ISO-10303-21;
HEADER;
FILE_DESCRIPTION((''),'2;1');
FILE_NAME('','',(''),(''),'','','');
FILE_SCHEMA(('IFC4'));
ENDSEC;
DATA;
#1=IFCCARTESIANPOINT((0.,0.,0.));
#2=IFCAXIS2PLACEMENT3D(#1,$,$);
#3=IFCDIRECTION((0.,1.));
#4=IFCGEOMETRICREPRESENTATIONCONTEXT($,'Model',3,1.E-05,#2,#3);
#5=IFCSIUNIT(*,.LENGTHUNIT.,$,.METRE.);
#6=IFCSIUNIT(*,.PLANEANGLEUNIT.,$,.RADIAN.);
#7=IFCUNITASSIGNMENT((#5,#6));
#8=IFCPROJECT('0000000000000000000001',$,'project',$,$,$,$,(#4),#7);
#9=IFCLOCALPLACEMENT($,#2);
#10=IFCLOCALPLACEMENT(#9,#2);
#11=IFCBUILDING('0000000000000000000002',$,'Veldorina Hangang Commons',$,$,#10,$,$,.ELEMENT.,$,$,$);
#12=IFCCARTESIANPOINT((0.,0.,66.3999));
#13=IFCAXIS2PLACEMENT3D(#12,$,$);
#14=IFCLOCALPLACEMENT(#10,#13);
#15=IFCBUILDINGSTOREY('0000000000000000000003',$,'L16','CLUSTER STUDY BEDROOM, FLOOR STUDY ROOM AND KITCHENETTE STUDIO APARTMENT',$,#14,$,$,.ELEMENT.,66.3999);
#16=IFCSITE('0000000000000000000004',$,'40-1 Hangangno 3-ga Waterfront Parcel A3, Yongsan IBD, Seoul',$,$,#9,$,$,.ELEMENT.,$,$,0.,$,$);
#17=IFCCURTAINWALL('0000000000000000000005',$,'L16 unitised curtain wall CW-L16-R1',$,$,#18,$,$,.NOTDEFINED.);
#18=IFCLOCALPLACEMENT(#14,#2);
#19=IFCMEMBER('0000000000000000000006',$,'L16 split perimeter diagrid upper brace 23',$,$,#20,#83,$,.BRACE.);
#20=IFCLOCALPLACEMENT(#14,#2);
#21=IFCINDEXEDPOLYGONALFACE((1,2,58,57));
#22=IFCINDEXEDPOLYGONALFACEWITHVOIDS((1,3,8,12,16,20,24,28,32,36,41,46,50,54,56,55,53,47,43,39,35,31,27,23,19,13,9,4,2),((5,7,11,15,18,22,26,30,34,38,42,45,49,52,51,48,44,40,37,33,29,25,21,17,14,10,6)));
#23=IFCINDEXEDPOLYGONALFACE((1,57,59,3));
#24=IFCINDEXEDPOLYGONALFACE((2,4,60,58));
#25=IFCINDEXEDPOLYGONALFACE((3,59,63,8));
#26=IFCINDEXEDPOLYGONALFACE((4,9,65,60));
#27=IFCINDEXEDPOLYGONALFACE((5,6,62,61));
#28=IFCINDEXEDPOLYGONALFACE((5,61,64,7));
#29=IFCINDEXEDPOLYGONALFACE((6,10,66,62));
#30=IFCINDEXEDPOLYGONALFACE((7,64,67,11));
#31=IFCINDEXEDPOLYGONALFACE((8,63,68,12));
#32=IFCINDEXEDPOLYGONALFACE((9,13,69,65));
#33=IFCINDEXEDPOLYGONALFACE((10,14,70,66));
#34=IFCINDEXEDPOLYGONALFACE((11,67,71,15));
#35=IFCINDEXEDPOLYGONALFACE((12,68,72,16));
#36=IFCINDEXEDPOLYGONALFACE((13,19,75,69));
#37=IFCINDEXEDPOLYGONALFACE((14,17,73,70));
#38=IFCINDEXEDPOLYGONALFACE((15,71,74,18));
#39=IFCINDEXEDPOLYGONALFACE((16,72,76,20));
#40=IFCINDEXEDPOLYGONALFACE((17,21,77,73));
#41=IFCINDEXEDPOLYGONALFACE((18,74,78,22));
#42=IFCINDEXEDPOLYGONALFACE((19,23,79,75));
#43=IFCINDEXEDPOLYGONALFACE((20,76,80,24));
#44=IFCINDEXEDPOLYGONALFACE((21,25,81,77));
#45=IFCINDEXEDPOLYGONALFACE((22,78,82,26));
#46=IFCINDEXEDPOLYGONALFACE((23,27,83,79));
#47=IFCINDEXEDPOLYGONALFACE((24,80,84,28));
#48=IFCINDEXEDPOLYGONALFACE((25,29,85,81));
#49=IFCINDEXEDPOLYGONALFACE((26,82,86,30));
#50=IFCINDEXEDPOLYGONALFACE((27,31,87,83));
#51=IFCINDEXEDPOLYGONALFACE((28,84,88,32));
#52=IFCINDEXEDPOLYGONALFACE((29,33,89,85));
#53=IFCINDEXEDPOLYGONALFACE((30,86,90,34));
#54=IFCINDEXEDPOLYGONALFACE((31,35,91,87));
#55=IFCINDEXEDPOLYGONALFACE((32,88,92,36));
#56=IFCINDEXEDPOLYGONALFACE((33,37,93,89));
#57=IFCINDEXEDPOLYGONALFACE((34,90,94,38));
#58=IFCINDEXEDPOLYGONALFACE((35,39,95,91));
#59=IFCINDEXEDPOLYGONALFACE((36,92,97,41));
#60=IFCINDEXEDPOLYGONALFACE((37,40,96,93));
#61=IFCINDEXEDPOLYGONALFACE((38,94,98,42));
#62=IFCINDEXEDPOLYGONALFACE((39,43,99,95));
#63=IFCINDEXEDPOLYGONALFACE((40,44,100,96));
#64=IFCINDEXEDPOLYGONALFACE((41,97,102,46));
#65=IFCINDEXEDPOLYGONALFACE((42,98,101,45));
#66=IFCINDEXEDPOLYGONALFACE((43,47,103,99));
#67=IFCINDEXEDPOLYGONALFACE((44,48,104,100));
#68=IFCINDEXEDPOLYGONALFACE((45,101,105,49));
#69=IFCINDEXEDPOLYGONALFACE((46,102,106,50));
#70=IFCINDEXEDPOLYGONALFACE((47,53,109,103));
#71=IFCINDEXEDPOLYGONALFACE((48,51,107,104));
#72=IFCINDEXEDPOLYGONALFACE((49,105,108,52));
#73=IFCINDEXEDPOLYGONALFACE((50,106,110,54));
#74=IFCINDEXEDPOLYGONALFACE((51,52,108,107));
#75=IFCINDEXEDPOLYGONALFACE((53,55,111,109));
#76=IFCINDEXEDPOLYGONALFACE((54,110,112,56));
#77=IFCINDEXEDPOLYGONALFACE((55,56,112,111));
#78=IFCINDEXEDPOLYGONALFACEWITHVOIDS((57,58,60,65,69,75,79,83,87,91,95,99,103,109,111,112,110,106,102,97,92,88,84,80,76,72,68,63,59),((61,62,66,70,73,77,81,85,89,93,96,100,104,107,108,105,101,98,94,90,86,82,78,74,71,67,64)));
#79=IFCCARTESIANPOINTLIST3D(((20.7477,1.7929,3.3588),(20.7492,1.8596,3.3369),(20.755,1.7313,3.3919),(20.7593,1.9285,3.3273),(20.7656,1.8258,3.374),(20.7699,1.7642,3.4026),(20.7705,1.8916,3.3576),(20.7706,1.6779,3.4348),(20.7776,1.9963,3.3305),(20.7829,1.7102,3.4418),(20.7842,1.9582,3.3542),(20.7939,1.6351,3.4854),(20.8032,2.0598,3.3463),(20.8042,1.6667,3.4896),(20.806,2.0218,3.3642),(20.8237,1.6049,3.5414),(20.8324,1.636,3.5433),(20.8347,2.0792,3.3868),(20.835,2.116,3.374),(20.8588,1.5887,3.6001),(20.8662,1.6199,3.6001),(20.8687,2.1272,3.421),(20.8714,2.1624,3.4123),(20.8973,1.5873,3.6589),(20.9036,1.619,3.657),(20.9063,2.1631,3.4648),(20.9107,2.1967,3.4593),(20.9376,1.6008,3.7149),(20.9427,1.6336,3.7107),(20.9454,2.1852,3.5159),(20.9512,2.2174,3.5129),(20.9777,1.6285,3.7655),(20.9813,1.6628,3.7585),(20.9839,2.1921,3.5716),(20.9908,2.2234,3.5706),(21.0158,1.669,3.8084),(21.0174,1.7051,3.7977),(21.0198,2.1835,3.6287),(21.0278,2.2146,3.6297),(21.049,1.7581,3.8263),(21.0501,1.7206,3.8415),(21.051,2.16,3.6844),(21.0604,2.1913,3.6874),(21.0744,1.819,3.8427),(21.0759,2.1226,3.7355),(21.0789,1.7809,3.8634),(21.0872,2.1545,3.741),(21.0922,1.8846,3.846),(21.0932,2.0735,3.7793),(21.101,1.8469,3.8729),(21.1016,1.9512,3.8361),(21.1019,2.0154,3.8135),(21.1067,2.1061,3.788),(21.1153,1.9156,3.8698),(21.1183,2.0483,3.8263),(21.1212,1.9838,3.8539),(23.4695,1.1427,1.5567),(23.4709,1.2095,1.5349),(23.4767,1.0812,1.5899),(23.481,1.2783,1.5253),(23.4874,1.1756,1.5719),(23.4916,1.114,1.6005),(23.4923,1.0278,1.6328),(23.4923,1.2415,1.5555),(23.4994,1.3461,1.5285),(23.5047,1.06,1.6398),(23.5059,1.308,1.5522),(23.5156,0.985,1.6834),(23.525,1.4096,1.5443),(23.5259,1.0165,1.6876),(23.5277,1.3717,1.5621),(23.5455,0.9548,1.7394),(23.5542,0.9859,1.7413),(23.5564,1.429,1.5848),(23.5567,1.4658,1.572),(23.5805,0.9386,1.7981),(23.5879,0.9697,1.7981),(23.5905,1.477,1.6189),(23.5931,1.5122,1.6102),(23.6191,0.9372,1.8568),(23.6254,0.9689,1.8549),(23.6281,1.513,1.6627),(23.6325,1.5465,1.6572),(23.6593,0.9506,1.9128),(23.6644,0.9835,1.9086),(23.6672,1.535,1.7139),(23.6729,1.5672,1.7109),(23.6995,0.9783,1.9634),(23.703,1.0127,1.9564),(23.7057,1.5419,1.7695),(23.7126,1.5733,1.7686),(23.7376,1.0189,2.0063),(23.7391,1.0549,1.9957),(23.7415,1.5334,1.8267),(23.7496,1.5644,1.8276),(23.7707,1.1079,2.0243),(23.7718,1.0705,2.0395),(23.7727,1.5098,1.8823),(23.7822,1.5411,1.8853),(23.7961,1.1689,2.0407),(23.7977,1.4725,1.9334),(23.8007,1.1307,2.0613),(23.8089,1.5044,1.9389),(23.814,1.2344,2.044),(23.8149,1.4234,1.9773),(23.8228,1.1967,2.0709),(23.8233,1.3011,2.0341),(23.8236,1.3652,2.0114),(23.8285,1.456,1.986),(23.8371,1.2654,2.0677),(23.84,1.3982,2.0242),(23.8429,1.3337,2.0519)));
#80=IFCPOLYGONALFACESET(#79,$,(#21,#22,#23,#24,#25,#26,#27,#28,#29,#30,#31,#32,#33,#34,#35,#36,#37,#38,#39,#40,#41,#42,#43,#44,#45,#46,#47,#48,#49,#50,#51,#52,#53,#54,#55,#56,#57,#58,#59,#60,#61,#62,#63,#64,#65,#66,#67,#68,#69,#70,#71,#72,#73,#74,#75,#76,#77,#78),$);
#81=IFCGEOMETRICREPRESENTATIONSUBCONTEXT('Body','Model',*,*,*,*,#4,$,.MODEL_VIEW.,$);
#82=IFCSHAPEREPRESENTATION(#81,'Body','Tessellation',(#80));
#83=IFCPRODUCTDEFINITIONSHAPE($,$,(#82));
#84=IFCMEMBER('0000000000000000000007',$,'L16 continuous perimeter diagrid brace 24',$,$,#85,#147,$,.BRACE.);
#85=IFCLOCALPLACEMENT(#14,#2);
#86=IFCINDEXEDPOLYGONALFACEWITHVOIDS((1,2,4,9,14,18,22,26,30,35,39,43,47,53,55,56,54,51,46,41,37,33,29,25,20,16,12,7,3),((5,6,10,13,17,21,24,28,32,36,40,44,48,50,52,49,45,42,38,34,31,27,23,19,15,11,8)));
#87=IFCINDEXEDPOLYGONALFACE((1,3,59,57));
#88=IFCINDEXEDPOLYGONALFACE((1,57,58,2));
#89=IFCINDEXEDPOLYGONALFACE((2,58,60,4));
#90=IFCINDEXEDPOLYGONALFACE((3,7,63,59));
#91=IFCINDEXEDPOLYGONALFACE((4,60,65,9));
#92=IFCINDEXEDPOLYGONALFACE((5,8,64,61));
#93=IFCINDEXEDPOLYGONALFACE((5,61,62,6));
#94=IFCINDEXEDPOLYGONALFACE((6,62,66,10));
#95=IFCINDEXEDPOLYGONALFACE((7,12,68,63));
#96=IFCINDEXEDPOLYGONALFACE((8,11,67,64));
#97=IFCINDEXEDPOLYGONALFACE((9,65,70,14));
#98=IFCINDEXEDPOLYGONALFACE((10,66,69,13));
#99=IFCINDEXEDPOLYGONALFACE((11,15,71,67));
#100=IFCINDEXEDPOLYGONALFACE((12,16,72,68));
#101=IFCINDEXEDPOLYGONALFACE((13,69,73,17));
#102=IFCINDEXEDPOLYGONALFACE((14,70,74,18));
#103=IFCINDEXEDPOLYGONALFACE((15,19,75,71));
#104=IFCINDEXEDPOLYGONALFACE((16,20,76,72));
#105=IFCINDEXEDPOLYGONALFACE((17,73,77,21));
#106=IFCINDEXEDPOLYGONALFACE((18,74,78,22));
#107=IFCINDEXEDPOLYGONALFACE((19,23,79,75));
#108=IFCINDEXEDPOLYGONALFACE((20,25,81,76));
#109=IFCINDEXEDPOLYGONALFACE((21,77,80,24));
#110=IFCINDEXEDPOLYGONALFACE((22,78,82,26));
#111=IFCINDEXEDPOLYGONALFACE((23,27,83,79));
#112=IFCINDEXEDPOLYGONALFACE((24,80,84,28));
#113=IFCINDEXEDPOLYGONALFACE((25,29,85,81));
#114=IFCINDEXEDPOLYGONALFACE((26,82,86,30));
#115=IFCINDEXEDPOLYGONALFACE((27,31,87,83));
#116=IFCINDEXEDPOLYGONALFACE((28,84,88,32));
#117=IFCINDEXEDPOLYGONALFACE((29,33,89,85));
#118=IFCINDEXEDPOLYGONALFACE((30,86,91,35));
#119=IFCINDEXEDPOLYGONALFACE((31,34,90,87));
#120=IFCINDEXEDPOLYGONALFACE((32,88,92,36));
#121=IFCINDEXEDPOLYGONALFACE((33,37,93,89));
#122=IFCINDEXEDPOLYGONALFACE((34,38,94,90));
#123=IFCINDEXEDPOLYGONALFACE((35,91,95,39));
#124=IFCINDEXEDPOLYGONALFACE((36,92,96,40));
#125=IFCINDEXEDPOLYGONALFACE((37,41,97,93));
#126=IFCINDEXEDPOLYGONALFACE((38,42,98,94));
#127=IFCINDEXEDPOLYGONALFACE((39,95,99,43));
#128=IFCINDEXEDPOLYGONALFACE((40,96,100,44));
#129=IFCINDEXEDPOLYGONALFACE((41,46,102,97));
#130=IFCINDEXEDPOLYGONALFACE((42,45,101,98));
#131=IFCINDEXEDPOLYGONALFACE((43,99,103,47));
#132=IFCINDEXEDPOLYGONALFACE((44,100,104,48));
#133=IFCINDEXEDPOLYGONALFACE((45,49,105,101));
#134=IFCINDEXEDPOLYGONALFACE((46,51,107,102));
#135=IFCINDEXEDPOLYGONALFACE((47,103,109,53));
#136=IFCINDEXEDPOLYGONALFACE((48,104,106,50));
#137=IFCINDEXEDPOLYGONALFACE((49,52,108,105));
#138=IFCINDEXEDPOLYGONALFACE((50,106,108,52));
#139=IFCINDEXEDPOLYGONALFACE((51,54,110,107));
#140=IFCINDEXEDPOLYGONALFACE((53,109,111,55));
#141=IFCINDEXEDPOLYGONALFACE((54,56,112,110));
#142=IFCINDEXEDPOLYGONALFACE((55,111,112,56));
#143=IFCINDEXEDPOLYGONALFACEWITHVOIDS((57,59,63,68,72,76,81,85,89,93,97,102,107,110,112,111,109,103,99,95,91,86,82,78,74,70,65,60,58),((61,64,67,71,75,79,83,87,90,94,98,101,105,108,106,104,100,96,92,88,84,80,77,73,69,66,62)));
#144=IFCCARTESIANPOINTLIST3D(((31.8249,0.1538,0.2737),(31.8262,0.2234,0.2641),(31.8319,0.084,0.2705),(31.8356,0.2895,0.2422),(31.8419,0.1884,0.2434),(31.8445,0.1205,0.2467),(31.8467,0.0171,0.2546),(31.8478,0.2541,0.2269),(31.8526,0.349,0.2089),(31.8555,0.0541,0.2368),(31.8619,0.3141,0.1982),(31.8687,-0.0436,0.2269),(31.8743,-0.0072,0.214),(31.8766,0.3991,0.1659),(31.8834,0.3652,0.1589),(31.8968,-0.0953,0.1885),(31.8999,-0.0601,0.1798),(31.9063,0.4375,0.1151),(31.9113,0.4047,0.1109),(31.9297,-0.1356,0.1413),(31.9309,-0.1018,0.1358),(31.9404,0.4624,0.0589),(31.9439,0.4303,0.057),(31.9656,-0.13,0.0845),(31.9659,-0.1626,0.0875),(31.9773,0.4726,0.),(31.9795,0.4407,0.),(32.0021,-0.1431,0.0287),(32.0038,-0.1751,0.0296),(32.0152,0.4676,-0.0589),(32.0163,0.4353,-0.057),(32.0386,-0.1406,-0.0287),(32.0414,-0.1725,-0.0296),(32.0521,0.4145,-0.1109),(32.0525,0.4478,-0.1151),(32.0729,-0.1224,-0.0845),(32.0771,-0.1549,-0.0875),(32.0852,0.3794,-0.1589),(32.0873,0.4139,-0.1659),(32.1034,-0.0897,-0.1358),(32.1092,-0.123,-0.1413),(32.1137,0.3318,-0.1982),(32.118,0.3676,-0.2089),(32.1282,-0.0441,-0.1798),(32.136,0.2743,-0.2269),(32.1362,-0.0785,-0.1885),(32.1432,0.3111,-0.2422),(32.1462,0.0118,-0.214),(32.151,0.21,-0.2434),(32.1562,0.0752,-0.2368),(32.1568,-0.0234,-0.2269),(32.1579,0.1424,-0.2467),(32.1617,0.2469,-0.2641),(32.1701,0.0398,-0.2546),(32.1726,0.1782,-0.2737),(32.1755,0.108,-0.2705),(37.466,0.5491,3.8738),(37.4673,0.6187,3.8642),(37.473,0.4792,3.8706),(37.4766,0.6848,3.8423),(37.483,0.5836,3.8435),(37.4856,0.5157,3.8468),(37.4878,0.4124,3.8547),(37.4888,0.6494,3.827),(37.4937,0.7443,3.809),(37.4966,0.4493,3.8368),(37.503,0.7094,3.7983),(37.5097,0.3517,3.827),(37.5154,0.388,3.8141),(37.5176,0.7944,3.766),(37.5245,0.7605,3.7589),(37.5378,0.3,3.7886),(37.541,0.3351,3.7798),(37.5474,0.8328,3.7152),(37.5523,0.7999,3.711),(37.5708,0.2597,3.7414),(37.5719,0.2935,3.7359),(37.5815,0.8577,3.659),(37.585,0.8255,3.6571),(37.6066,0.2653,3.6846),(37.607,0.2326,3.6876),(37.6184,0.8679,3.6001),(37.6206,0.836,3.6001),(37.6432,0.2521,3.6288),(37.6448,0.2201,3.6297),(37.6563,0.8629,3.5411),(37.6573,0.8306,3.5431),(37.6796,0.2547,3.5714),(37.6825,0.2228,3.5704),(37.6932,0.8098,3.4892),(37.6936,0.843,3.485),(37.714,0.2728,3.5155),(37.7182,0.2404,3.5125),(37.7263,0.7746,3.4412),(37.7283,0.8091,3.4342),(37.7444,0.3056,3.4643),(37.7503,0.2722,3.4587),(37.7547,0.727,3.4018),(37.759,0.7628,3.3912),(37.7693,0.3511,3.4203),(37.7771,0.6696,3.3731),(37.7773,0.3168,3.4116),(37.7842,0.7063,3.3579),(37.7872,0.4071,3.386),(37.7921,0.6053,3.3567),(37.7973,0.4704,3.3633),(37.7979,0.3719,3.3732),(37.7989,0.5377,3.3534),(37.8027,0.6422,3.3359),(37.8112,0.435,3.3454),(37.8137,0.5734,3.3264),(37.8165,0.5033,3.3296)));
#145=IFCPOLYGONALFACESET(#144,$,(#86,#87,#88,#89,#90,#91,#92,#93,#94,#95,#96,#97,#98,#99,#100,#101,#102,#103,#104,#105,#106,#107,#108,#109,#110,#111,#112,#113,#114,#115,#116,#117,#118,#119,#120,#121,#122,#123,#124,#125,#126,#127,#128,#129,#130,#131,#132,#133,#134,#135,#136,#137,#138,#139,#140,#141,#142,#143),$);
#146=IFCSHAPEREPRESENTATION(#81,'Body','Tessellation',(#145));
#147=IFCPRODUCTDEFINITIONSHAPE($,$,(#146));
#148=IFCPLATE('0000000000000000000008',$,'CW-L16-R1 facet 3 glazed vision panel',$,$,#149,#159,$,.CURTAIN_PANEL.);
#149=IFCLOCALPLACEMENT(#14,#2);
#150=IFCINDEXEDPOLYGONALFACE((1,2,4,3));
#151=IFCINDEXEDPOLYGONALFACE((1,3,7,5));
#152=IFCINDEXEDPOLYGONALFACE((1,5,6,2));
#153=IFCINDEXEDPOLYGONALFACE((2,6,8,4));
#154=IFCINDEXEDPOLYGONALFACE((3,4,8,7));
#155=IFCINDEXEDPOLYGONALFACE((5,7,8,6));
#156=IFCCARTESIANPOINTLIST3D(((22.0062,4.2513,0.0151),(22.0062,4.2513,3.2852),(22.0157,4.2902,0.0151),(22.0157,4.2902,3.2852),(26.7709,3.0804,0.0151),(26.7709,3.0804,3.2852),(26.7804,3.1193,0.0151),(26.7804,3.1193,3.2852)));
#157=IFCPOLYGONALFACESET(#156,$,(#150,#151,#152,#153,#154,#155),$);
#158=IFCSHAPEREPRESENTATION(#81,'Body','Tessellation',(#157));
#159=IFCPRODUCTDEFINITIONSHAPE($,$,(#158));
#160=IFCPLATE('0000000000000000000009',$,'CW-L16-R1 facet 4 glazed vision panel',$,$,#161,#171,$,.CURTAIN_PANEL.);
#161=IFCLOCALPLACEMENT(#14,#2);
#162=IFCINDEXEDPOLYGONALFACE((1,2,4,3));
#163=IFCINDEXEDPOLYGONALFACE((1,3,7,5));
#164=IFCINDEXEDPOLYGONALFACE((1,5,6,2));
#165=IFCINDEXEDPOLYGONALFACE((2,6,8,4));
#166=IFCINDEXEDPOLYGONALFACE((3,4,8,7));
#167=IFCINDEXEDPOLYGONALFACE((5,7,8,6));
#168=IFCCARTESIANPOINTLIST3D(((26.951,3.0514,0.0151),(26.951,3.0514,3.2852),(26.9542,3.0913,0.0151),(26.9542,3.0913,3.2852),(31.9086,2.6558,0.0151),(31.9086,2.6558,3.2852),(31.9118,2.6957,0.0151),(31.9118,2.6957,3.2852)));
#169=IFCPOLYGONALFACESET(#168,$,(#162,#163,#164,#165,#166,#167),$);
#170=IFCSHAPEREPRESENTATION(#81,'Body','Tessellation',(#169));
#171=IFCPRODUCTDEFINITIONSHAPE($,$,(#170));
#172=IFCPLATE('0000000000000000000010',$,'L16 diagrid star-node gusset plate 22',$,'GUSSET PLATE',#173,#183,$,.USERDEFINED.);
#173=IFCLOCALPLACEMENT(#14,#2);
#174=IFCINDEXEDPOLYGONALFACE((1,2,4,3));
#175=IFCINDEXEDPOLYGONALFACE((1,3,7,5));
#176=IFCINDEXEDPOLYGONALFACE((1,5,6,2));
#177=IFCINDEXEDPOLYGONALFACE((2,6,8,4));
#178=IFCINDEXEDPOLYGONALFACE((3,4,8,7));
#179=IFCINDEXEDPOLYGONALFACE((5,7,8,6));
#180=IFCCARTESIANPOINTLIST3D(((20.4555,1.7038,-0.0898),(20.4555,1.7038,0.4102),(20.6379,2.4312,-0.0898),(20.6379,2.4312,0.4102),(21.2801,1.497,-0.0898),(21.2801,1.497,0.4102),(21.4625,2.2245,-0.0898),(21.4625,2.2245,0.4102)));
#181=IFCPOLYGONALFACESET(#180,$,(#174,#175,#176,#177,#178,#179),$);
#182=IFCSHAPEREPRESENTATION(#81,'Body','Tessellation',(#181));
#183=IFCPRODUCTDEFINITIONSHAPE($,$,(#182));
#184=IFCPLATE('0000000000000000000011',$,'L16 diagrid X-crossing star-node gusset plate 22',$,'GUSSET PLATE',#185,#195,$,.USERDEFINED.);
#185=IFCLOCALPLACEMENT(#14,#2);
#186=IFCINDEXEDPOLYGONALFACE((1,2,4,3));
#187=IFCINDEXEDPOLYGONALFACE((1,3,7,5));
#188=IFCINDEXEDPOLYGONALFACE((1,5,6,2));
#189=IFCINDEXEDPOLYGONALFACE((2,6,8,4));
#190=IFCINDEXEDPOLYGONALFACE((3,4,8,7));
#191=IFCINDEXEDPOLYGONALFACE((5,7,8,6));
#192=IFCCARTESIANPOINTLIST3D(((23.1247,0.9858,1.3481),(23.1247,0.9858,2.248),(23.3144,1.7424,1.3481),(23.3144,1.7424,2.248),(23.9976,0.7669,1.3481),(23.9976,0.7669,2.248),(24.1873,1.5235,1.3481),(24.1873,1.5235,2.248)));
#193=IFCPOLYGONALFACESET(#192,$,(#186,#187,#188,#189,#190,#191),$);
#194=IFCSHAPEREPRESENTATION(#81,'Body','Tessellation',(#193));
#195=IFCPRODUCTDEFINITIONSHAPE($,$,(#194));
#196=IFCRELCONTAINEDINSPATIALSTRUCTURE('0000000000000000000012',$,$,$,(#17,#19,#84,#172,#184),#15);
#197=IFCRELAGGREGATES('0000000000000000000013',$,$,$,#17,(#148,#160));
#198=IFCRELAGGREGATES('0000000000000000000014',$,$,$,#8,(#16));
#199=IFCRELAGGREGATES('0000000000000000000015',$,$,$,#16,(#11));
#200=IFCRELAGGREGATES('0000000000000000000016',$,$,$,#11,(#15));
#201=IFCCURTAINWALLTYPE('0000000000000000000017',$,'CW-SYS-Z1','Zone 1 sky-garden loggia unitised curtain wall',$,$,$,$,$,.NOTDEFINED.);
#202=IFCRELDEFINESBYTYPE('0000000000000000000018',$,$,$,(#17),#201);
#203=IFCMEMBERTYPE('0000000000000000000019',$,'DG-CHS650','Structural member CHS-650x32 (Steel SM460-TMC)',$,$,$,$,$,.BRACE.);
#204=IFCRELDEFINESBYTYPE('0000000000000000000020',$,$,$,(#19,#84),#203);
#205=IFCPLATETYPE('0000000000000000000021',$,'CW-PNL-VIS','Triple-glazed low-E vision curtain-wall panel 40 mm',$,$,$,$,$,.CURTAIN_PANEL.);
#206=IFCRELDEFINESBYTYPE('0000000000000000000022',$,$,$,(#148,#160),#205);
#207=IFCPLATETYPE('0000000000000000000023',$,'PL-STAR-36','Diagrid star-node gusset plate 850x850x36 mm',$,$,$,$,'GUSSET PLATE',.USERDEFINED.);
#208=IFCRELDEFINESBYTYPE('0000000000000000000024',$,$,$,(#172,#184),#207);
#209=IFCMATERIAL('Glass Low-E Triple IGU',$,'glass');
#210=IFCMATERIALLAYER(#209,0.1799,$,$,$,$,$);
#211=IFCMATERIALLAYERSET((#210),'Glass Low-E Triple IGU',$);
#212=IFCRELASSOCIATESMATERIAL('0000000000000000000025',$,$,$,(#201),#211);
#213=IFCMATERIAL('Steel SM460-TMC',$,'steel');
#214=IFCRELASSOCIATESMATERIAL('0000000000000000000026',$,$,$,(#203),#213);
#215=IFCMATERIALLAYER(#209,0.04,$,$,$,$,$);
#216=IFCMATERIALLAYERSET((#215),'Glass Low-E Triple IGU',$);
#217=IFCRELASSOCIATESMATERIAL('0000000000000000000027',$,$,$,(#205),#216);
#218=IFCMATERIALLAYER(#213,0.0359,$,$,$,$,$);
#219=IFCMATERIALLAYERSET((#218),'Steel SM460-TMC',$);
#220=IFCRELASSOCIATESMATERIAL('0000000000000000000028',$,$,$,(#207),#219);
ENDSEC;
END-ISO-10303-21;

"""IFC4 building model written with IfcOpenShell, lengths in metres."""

from ifc_helpers import new_model, si_unit, direction, frame, origin, origin_2d, place, context, subcontext, project, spatial, rectangle, hollow_circle, extrude, material, layer, layer_set, material_profile, profile_set, type_object, element, aggregate, save


model = new_model("IFC4")

# Units and contexts
model_context = context("Model", 3, precision=1e-05, world=origin(), true_north=direction((0.0, 1.0)))
body_context = subcontext(model_context, "Body", "Model", "MODEL_VIEW")
ifc_project = project(units=[si_unit("LENGTHUNIT", "METRE"), si_unit("PLANEANGLEUNIT", "RADIAN")], contexts=[model_context])

# Site, building, storey
site_placement = place(None, origin())
site = spatial("IfcSite", under=ifc_project, at=site_placement, Name="40-1 Hangangno 3-ga Waterfront Parcel A3, Yongsan IBD, Seoul", CompositionType="ELEMENT", RefElevation=0.0)
building_placement = place(site_placement, origin())
building = spatial("IfcBuilding", under=site, at=building_placement, Name="Veldorina Hangang Commons", CompositionType="ELEMENT")
storey_placement = place(building_placement, frame((0.0, 0.0, 66.3999)))
storey = spatial("IfcBuildingStorey", under=building, at=storey_placement, Name="L16", Description="CLUSTER STUDY BEDROOM, FLOOR STUDY ROOM AND KITCHENETTE STUDIO APARTMENT", CompositionType="ELEMENT", Elevation=66.3999)

# Curtain wall
ifc_material_1 = material(Name="Glass Low-E Triple IGU", Category="glass")
ifc_layer_1 = layer(ifc_material_1, 0.1799)
ifc_layer_set_1 = layer_set([ifc_layer_1], Name="Glass Low-E Triple IGU")
curtain_wall_type = type_object("IfcCurtainWallType", Name="CW-SYS-Z1", Description="Zone 1 sky-garden loggia unitised curtain wall", PredefinedType="NOTDEFINED", material=ifc_layer_set_1)
curtain_wall_placement = place(storey_placement, origin())
curtain_wall = element("IfcCurtainWall", 1, at=curtain_wall_placement, inside=storey, type_object=curtain_wall_type, Name="L16 unitised curtain wall CW-L16-R1", PredefinedType="NOTDEFINED")

# Members
ifc_material_2 = material(Name="Steel SM460-TMC", Category="steel")
ifc_material_profile_1 = material_profile(ifc_material_2, hollow_circle(Radius=0.325, WallThickness=0.032, at=origin_2d()), Name="CHS-650x32")
ifc_profile_set_1 = profile_set([ifc_material_profile_1], Name="Steel SM460-TMC")
member_type_1 = type_object("IfcMemberType", Name="DG-CHS650", Description="Structural member CHS-650x32 (Steel SM460-TMC)", PredefinedType="BRACE", material=ifc_profile_set_1)
member_1_placement = place(storey_placement, frame((23.656, 1.2546, 1.7981), z_axis=(-0.817744, 0.19534, 0.541422), x_axis=(-0.23234, -0.972635, 0.0)))
element("IfcMember", 2, at=member_1_placement, inside=storey, type_object=member_type_1, Name="L16 split perimeter diagrid upper brace 23", PredefinedType="BRACE", context=body_context, shape_type="SweptSolid", body=[
    extrude(hollow_circle(Radius=0.325, WallThickness=0.032, at=origin_2d()), origin(), (0.0, 0.0, 1.0), 3.3284),
])
member_2_placement = place(storey_placement, frame((32.0, 0.1484, 0.0), z_axis=(0.841497, 0.058962, 0.537034), x_axis=(-0.069897, 0.997554, 0.0)))
element("IfcMember", 3, at=member_2_placement, inside=storey, type_object=member_type_1, Name="L16 continuous perimeter diagrid brace 24", PredefinedType="BRACE", context=body_context, shape_type="SweptSolid", body=[
    extrude(hollow_circle(Radius=0.325, WallThickness=0.032, at=origin_2d()), origin(), (0.0, 0.0, 1.0), 6.7036),
])

# Plates
ifc_layer_2 = layer(ifc_material_1, 0.04)
ifc_layer_set_2 = layer_set([ifc_layer_2], Name="Glass Low-E Triple IGU")
plate_type_1 = type_object("IfcPlateType", Name="CW-PNL-VIS", Description="Triple-glazed low-E vision curtain-wall panel 40 mm", PredefinedType="CURTAIN_PANEL", material=ifc_layer_set_2)
plate_1_placement = place(storey_placement, frame((24.3933, 3.6853, 0.0151), z_axis=(0.0, 0.0, 1.0), x_axis=(0.971105, -0.238652, 0.0)))
plate_1 = element("IfcPlate", 4, at=plate_1_placement, type_object=plate_type_1, Name="CW-L16-R1 facet 3 glazed vision panel", PredefinedType="CURTAIN_PANEL", context=body_context, shape_type="SweptSolid", body=[
    extrude(rectangle(XDim=4.9065, YDim=0.04, at=origin_2d()), origin(), (0.0, 0.0, 1.0), 3.27),
])
plate_2_placement = place(storey_placement, frame((29.4314, 2.8735, 0.0151), z_axis=(0.0, 0.0, 1.0), x_axis=(0.996832, -0.079538, 0.0)))
plate_2 = element("IfcPlate", 5, at=plate_2_placement, type_object=plate_type_1, Name="CW-L16-R1 facet 4 glazed vision panel", PredefinedType="CURTAIN_PANEL", context=body_context, shape_type="SweptSolid", body=[
    extrude(rectangle(XDim=4.9734, YDim=0.04, at=origin_2d()), origin(), (0.0, 0.0, 1.0), 3.27),
])
aggregate(curtain_wall, [plate_1, plate_2])

# Plates
ifc_layer_3 = layer(ifc_material_2, 0.0359)
ifc_layer_set_3 = layer_set([ifc_layer_3], Name="Steel SM460-TMC")
plate_type_2 = type_object("IfcPlateType", Name="PL-STAR-36", Description="Diagrid star-node gusset plate 850x850x36 mm", ElementType="GUSSET PLATE", PredefinedType="USERDEFINED", material=ifc_layer_set_3)
plate_3_placement = place(storey_placement, frame((20.959, 1.9641, -0.0898), z_axis=(0.0, 0.0, 1.0), x_axis=(0.969965, -0.243243, 0.0)))
element("IfcPlate", 6, at=plate_3_placement, inside=storey, type_object=plate_type_2, Name="L16 diagrid star-node gusset plate 22", ObjectType="GUSSET PLATE", PredefinedType="USERDEFINED", context=body_context, shape_type="SweptSolid", body=[
    extrude(rectangle(XDim=0.8501, YDim=0.75, at=origin_2d()), origin(), (0.0, 0.0, 1.0), 0.5),
])
plate_4_placement = place(storey_placement, frame((23.656, 1.2546, 1.3481), z_axis=(0.0, 0.0, 1.0), x_axis=(0.969965, -0.243243, 0.0)))
element("IfcPlate", 7, at=plate_4_placement, inside=storey, type_object=plate_type_2, Name="L16 diagrid X-crossing star-node gusset plate 22", ObjectType="GUSSET PLATE", PredefinedType="USERDEFINED", context=body_context, shape_type="SweptSolid", body=[
    extrude(rectangle(XDim=0.8999, YDim=0.78, at=origin_2d()), origin(), (0.0, 0.0, 1.0), 0.8999),
])

save(model, "model.ifc")
